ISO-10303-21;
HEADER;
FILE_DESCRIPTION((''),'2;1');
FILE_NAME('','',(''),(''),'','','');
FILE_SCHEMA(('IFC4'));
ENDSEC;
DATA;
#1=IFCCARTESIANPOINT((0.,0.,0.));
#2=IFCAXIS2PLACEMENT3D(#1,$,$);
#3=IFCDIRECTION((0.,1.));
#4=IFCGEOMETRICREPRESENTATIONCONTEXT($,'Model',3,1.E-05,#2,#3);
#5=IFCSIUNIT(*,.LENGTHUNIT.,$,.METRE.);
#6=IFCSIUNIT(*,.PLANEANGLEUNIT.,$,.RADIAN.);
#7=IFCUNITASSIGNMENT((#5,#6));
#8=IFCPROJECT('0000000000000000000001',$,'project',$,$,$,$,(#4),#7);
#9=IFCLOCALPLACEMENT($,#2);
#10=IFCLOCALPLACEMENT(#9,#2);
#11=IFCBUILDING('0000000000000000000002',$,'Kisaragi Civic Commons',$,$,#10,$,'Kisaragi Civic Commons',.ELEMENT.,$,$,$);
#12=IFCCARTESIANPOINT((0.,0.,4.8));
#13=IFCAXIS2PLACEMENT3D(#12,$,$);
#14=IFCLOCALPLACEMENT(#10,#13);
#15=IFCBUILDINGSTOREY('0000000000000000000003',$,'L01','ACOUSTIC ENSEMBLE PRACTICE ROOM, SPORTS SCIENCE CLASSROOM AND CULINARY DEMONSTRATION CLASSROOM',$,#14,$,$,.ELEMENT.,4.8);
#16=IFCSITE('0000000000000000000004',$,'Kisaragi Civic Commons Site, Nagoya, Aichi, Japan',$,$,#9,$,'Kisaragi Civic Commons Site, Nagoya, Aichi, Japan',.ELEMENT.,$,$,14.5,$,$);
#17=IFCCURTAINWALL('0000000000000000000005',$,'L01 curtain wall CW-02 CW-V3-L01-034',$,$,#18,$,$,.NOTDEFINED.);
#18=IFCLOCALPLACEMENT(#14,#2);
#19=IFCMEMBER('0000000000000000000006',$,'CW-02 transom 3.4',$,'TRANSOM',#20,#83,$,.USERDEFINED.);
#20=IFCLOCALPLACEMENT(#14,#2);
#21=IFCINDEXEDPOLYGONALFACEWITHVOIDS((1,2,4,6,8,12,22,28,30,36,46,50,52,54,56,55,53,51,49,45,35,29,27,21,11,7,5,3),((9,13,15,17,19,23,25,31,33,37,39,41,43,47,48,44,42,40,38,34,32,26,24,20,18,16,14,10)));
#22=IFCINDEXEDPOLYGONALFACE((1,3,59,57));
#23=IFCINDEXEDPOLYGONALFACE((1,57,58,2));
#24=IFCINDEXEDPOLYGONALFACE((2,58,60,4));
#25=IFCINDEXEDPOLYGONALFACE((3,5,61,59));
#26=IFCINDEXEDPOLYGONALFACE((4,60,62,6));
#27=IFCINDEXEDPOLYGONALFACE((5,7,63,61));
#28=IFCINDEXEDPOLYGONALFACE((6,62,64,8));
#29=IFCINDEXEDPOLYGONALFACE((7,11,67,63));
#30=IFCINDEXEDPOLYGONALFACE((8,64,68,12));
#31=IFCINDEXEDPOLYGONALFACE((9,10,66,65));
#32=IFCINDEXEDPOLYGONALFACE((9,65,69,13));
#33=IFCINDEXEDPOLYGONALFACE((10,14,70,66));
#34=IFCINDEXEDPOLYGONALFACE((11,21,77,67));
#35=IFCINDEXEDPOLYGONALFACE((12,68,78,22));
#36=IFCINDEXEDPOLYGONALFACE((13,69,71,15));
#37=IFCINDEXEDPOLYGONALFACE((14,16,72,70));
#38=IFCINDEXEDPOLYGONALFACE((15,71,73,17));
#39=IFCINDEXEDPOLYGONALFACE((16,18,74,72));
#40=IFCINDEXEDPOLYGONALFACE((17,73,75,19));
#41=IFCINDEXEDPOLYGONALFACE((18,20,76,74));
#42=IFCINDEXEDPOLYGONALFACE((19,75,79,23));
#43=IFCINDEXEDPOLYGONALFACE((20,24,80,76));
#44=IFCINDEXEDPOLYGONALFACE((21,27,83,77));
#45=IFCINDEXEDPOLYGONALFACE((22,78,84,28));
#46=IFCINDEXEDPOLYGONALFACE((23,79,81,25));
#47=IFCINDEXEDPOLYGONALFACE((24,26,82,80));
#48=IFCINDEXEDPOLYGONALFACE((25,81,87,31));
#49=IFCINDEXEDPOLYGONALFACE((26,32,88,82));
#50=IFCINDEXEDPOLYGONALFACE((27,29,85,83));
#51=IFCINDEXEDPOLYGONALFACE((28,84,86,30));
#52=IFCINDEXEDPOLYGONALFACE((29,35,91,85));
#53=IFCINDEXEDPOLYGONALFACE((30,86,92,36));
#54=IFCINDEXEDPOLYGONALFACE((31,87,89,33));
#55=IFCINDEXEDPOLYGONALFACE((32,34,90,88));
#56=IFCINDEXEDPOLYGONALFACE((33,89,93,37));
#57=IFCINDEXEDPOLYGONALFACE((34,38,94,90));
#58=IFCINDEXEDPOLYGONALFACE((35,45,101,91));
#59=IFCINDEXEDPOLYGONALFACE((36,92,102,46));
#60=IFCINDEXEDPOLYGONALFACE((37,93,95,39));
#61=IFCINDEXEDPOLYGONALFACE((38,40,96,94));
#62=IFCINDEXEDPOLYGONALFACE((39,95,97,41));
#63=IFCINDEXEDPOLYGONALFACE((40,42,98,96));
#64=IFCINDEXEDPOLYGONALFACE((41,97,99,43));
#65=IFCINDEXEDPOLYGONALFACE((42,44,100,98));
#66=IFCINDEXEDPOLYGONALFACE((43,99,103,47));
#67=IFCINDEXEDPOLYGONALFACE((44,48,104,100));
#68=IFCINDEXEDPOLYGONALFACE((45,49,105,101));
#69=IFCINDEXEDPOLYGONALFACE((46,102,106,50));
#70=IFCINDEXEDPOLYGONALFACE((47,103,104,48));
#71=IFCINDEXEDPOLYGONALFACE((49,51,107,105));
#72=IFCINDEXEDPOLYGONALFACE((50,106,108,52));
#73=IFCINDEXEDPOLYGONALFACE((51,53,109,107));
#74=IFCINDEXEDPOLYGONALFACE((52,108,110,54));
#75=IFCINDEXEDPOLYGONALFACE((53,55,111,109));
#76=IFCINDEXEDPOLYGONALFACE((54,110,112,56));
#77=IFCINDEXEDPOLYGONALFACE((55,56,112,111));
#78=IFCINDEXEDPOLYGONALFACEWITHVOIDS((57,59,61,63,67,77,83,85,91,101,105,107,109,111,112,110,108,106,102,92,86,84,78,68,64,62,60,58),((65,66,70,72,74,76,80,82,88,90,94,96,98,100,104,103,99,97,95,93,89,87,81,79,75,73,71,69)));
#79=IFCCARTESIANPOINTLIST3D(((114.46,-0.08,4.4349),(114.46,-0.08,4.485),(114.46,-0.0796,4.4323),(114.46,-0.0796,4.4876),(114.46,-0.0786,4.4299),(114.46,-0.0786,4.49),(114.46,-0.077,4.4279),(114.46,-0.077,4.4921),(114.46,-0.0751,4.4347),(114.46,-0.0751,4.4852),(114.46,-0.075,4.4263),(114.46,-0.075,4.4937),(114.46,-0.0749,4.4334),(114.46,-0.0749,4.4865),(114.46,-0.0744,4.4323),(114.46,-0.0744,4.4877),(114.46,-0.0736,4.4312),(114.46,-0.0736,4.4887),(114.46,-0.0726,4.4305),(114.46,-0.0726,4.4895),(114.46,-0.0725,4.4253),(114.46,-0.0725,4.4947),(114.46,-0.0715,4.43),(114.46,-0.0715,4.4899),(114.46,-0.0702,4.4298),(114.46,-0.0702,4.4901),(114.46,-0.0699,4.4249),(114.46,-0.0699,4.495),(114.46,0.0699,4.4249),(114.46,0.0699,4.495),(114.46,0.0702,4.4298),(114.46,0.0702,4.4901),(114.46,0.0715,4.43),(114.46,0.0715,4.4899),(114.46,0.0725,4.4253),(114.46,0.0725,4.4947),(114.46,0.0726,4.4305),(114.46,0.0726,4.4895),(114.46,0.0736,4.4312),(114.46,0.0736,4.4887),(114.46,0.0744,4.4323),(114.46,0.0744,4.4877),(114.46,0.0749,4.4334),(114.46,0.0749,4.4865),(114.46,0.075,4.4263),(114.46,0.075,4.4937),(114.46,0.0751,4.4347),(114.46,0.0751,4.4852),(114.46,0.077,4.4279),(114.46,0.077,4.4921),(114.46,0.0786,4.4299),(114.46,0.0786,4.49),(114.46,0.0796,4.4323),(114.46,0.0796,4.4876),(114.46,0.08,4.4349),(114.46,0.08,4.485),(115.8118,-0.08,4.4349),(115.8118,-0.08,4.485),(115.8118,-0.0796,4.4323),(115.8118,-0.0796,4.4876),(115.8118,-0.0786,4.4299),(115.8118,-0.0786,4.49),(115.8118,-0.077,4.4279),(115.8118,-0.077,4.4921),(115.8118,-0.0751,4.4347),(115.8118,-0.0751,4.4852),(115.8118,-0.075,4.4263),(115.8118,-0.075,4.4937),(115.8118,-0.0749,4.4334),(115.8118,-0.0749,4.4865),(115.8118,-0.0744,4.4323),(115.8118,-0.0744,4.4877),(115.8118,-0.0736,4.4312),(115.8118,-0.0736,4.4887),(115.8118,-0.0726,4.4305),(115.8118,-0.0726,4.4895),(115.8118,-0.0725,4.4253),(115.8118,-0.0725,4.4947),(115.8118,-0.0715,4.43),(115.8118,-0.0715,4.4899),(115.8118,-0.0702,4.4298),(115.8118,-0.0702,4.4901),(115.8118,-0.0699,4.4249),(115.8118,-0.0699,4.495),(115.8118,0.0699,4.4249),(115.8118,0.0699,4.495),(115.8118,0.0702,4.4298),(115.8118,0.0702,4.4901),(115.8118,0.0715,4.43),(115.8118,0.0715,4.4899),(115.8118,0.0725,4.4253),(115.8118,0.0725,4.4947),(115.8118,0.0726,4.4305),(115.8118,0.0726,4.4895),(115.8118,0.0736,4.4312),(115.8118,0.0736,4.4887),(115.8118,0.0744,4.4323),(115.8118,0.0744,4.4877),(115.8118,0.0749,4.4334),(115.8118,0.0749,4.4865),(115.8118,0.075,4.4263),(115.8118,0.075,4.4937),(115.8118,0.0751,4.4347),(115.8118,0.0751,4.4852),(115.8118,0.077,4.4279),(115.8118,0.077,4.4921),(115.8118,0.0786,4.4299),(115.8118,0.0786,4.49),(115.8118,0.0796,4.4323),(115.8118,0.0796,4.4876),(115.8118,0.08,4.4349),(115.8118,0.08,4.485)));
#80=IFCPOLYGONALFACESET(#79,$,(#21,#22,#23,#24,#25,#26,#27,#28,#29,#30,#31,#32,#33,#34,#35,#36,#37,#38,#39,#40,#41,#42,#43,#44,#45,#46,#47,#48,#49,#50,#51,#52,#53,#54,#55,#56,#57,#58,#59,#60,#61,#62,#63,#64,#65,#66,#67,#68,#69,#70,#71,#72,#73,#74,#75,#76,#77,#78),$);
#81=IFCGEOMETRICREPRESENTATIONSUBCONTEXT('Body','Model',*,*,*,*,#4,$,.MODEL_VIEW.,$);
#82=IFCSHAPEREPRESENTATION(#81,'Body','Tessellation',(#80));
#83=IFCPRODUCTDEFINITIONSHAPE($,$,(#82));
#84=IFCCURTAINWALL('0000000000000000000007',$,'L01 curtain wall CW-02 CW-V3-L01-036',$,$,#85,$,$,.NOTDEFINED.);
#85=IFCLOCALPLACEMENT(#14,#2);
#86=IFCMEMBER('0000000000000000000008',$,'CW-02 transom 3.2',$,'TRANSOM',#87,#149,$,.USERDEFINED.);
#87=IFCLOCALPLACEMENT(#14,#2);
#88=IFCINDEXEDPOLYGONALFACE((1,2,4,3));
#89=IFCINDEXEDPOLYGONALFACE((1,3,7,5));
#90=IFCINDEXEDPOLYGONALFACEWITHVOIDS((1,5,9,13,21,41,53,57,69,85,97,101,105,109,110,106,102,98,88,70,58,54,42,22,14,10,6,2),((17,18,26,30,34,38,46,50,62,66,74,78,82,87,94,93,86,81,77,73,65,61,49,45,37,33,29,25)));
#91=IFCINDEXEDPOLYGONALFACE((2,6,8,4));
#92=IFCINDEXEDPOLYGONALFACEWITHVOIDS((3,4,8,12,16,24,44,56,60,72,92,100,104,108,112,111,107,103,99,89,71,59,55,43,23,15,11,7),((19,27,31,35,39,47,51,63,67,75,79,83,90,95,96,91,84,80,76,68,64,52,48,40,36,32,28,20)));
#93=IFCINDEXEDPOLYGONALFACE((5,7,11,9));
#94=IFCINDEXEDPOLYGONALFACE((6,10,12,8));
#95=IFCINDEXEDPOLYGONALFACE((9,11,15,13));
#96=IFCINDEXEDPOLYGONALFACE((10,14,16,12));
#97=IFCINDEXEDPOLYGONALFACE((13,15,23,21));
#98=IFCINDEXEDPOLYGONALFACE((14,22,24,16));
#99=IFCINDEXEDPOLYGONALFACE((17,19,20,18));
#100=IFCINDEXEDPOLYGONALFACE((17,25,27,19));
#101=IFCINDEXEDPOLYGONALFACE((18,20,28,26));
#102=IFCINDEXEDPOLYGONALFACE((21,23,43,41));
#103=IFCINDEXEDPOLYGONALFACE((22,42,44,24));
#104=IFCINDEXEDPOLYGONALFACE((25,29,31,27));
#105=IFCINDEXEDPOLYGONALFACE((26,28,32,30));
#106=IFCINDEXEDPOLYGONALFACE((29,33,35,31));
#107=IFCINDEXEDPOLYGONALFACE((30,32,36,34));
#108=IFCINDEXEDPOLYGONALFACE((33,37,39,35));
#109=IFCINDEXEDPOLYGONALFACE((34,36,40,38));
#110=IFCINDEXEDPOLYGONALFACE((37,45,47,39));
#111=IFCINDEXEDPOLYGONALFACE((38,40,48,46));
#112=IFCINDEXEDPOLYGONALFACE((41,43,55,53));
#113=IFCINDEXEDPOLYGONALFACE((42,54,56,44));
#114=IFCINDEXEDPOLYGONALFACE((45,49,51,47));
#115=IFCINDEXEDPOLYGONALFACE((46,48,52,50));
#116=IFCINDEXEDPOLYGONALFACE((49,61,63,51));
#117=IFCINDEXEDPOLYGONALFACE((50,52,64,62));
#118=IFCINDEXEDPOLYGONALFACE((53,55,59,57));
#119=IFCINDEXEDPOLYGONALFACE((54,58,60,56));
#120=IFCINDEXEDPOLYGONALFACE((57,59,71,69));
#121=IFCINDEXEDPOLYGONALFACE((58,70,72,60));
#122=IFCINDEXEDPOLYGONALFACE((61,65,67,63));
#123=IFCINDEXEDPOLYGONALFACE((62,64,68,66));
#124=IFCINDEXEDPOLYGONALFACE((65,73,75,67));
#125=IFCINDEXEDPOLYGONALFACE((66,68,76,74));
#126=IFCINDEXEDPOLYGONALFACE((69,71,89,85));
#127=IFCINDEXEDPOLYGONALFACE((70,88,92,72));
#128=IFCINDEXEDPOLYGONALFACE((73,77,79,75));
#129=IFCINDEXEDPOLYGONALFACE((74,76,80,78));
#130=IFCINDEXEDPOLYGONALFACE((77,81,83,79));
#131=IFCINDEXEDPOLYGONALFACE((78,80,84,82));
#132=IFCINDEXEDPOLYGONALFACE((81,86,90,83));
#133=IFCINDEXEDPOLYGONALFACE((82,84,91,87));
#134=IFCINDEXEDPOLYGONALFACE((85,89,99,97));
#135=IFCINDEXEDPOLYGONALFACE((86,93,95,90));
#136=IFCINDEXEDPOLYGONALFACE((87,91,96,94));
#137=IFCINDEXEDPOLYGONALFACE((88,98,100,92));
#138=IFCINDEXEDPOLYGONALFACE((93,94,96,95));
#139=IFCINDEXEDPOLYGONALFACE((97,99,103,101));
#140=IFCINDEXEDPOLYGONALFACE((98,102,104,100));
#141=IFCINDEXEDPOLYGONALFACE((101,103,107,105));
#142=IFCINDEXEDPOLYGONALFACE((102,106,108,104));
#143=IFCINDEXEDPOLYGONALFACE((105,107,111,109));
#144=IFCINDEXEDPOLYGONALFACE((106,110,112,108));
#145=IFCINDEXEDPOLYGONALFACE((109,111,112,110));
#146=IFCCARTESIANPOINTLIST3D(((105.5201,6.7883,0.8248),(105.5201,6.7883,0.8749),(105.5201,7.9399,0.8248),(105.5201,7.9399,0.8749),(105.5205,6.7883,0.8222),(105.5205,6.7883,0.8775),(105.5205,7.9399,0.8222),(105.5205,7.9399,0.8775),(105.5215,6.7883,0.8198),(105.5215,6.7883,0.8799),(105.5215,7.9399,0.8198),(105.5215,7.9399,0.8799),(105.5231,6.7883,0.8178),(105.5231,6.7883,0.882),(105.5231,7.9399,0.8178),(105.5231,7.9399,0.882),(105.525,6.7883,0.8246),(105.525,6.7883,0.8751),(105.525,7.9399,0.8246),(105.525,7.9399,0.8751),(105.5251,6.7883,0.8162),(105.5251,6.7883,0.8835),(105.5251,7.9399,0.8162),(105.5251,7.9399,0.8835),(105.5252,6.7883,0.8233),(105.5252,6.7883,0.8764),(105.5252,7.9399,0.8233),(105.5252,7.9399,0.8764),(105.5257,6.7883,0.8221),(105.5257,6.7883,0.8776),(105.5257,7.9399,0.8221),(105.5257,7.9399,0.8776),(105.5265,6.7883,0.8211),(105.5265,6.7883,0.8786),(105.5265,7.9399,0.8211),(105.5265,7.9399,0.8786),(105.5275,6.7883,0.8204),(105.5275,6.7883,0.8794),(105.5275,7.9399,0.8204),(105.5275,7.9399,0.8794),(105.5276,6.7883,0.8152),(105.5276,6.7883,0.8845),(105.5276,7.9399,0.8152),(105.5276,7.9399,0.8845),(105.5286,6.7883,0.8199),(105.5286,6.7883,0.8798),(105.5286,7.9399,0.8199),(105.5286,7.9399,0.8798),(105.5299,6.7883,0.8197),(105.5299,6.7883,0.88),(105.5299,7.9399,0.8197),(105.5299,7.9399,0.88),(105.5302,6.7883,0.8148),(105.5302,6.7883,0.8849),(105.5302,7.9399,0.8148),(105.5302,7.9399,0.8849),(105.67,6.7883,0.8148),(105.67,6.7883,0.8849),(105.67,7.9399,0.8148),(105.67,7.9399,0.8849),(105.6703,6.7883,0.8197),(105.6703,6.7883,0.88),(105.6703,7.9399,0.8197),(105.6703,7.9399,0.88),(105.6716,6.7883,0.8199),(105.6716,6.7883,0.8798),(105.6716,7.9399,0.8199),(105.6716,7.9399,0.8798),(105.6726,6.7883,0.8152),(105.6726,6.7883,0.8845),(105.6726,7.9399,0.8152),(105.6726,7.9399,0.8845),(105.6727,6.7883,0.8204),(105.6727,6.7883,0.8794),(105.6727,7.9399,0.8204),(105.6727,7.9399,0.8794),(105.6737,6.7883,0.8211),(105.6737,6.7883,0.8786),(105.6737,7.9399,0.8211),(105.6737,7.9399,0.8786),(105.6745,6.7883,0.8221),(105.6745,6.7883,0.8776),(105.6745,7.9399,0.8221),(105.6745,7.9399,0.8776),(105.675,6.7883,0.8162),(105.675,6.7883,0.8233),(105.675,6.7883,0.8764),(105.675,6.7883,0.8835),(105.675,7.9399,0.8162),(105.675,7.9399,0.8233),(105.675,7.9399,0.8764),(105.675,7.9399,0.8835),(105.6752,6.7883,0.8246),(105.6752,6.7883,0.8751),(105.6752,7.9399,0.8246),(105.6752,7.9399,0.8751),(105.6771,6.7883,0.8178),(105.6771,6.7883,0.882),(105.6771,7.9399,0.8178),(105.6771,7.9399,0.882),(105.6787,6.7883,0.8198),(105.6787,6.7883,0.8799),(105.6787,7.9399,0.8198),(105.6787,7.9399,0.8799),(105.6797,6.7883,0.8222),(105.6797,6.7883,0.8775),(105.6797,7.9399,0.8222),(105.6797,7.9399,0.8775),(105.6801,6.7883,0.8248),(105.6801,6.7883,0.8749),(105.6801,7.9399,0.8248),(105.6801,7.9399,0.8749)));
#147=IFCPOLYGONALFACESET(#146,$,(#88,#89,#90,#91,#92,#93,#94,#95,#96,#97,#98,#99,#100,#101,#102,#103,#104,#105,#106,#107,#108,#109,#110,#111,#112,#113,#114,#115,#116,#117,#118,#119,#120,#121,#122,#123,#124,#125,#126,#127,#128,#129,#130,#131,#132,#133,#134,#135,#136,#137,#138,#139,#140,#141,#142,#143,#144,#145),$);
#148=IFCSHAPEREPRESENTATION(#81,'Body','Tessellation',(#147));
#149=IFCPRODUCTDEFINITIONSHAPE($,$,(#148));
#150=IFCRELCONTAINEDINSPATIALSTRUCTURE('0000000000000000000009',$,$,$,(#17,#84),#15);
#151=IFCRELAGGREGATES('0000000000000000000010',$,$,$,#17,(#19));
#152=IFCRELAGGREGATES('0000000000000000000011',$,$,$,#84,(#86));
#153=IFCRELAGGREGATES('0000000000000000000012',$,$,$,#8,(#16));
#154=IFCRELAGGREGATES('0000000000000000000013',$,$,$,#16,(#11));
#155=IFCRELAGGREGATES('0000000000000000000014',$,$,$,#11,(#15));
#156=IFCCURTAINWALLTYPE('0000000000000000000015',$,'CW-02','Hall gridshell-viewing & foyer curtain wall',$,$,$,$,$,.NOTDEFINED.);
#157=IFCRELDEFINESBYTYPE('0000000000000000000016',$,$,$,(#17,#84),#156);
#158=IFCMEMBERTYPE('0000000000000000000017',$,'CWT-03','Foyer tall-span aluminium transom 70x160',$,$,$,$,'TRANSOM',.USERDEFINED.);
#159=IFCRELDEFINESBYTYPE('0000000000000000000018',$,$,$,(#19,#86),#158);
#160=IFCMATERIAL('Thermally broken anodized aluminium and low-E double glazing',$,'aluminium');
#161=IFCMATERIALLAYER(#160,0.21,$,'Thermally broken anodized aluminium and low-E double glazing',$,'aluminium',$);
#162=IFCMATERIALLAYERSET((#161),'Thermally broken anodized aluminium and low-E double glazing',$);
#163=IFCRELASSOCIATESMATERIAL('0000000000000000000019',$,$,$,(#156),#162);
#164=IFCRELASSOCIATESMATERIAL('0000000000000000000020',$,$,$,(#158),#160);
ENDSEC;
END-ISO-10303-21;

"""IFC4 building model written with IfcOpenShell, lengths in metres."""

from ifc_helpers import new_model, si_unit, direction, frame, origin, origin_2d, place, context, subcontext, project, spatial, hollow_rectangle, extrude, material, layer, layer_set, material_profile, profile_set, type_object, element, aggregate, save


model = new_model("IFC4")

# Units and contexts
model_context = context("Model", 3, precision=1e-05, world=origin(), true_north=direction((0.0, 1.0)))
body_context = subcontext(model_context, "Body", "Model", "MODEL_VIEW")
ifc_project = project(units=[si_unit("LENGTHUNIT", "METRE"), si_unit("PLANEANGLEUNIT", "RADIAN")], contexts=[model_context])

# Site, building, storey
site_placement = place(None, origin())
site = spatial("IfcSite", under=ifc_project, at=site_placement, Name="Kisaragi Civic Commons Site, Nagoya, Aichi, Japan", LongName="Kisaragi Civic Commons Site, Nagoya, Aichi, Japan", CompositionType="ELEMENT", RefElevation=14.5)
building_placement = place(site_placement, origin())
building = spatial("IfcBuilding", under=site, at=building_placement, Name="Kisaragi Civic Commons", LongName="Kisaragi Civic Commons", CompositionType="ELEMENT")
storey_placement = place(building_placement, frame((0.0, 0.0, 4.8)))
storey = spatial("IfcBuildingStorey", under=building, at=storey_placement, Name="L01", Description="ACOUSTIC ENSEMBLE PRACTICE ROOM, SPORTS SCIENCE CLASSROOM AND CULINARY DEMONSTRATION CLASSROOM", CompositionType="ELEMENT", Elevation=4.8)

# Curtain walls, members
ifc_material_1 = material(Name="Thermally broken anodized aluminium and low-E double glazing", Category="aluminium")
ifc_layer_1 = layer(ifc_material_1, 0.21, Name="Thermally broken anodized aluminium and low-E double glazing", Category="aluminium")
ifc_layer_set_1 = layer_set([ifc_layer_1], Name="Thermally broken anodized aluminium and low-E double glazing")
curtain_wall_type = type_object("IfcCurtainWallType", Name="CW-02", Description="Hall gridshell-viewing & foyer curtain wall", PredefinedType="NOTDEFINED", material=ifc_layer_set_1)
curtain_wall_1_placement = place(storey_placement, origin())
curtain_wall_1 = element("IfcCurtainWall", 1, at=curtain_wall_1_placement, inside=storey, type_object=curtain_wall_type, Name="L01 curtain wall CW-02 CW-V3-L01-034", PredefinedType="NOTDEFINED")
ifc_material_profile_1 = material_profile(ifc_material_1, hollow_rectangle(XDim=0.1599, YDim=0.0701, WallThickness=0.0049, InnerFilletRadius=0.0049, OuterFilletRadius=0.01, at=origin_2d()), Name="CWT-70x160x5", Category="aluminium")
ifc_profile_set_1 = profile_set([ifc_material_profile_1], Name="Thermally broken anodized aluminium and low-E double glazing")
member_type_1 = type_object("IfcMemberType", Name="CWT-03", Description="Foyer tall-span aluminium transom 70x160", ElementType="TRANSOM", PredefinedType="USERDEFINED", material=ifc_profile_set_1)
member_1_placement = place(storey_placement, frame((115.8118, 0.0, 4.46), z_axis=(-1.0, 0.0, 0.0), x_axis=(0.0, -1.0, 0.0)))
member_1 = element("IfcMember", 2, at=member_1_placement, type_object=member_type_1, Name="CW-02 transom 3.4", ObjectType="TRANSOM", PredefinedType="USERDEFINED", context=body_context, shape_type="SweptSolid", body=[
    extrude(hollow_rectangle(XDim=0.1599, YDim=0.0701, WallThickness=0.0049, InnerFilletRadius=0.0049, OuterFilletRadius=0.01, at=origin_2d()), origin(), (0.0, 0.0, 1.0), 1.3518),
])
curtain_wall_2_placement = place(storey_placement, origin())
curtain_wall_2 = element("IfcCurtainWall", 3, at=curtain_wall_2_placement, inside=storey, type_object=curtain_wall_type, Name="L01 curtain wall CW-02 CW-V3-L01-036", PredefinedType="NOTDEFINED")
member_2_placement = place(storey_placement, frame((105.6001, 6.7883, 0.8499), z_axis=(0.0, 1.0, 0.0), x_axis=(-1.0, 0.0, 0.0)))
member_2 = element("IfcMember", 4, at=member_2_placement, type_object=member_type_1, Name="CW-02 transom 3.2", ObjectType="TRANSOM", PredefinedType="USERDEFINED", context=body_context, shape_type="SweptSolid", body=[
    extrude(hollow_rectangle(XDim=0.1599, YDim=0.0701, WallThickness=0.0049, InnerFilletRadius=0.0049, OuterFilletRadius=0.01, at=origin_2d()), origin(), (0.0, 0.0, 1.0), 1.1516),
])

aggregate(curtain_wall_1, [member_1])
aggregate(curtain_wall_2, [member_2])

save(model, "model.ifc")
